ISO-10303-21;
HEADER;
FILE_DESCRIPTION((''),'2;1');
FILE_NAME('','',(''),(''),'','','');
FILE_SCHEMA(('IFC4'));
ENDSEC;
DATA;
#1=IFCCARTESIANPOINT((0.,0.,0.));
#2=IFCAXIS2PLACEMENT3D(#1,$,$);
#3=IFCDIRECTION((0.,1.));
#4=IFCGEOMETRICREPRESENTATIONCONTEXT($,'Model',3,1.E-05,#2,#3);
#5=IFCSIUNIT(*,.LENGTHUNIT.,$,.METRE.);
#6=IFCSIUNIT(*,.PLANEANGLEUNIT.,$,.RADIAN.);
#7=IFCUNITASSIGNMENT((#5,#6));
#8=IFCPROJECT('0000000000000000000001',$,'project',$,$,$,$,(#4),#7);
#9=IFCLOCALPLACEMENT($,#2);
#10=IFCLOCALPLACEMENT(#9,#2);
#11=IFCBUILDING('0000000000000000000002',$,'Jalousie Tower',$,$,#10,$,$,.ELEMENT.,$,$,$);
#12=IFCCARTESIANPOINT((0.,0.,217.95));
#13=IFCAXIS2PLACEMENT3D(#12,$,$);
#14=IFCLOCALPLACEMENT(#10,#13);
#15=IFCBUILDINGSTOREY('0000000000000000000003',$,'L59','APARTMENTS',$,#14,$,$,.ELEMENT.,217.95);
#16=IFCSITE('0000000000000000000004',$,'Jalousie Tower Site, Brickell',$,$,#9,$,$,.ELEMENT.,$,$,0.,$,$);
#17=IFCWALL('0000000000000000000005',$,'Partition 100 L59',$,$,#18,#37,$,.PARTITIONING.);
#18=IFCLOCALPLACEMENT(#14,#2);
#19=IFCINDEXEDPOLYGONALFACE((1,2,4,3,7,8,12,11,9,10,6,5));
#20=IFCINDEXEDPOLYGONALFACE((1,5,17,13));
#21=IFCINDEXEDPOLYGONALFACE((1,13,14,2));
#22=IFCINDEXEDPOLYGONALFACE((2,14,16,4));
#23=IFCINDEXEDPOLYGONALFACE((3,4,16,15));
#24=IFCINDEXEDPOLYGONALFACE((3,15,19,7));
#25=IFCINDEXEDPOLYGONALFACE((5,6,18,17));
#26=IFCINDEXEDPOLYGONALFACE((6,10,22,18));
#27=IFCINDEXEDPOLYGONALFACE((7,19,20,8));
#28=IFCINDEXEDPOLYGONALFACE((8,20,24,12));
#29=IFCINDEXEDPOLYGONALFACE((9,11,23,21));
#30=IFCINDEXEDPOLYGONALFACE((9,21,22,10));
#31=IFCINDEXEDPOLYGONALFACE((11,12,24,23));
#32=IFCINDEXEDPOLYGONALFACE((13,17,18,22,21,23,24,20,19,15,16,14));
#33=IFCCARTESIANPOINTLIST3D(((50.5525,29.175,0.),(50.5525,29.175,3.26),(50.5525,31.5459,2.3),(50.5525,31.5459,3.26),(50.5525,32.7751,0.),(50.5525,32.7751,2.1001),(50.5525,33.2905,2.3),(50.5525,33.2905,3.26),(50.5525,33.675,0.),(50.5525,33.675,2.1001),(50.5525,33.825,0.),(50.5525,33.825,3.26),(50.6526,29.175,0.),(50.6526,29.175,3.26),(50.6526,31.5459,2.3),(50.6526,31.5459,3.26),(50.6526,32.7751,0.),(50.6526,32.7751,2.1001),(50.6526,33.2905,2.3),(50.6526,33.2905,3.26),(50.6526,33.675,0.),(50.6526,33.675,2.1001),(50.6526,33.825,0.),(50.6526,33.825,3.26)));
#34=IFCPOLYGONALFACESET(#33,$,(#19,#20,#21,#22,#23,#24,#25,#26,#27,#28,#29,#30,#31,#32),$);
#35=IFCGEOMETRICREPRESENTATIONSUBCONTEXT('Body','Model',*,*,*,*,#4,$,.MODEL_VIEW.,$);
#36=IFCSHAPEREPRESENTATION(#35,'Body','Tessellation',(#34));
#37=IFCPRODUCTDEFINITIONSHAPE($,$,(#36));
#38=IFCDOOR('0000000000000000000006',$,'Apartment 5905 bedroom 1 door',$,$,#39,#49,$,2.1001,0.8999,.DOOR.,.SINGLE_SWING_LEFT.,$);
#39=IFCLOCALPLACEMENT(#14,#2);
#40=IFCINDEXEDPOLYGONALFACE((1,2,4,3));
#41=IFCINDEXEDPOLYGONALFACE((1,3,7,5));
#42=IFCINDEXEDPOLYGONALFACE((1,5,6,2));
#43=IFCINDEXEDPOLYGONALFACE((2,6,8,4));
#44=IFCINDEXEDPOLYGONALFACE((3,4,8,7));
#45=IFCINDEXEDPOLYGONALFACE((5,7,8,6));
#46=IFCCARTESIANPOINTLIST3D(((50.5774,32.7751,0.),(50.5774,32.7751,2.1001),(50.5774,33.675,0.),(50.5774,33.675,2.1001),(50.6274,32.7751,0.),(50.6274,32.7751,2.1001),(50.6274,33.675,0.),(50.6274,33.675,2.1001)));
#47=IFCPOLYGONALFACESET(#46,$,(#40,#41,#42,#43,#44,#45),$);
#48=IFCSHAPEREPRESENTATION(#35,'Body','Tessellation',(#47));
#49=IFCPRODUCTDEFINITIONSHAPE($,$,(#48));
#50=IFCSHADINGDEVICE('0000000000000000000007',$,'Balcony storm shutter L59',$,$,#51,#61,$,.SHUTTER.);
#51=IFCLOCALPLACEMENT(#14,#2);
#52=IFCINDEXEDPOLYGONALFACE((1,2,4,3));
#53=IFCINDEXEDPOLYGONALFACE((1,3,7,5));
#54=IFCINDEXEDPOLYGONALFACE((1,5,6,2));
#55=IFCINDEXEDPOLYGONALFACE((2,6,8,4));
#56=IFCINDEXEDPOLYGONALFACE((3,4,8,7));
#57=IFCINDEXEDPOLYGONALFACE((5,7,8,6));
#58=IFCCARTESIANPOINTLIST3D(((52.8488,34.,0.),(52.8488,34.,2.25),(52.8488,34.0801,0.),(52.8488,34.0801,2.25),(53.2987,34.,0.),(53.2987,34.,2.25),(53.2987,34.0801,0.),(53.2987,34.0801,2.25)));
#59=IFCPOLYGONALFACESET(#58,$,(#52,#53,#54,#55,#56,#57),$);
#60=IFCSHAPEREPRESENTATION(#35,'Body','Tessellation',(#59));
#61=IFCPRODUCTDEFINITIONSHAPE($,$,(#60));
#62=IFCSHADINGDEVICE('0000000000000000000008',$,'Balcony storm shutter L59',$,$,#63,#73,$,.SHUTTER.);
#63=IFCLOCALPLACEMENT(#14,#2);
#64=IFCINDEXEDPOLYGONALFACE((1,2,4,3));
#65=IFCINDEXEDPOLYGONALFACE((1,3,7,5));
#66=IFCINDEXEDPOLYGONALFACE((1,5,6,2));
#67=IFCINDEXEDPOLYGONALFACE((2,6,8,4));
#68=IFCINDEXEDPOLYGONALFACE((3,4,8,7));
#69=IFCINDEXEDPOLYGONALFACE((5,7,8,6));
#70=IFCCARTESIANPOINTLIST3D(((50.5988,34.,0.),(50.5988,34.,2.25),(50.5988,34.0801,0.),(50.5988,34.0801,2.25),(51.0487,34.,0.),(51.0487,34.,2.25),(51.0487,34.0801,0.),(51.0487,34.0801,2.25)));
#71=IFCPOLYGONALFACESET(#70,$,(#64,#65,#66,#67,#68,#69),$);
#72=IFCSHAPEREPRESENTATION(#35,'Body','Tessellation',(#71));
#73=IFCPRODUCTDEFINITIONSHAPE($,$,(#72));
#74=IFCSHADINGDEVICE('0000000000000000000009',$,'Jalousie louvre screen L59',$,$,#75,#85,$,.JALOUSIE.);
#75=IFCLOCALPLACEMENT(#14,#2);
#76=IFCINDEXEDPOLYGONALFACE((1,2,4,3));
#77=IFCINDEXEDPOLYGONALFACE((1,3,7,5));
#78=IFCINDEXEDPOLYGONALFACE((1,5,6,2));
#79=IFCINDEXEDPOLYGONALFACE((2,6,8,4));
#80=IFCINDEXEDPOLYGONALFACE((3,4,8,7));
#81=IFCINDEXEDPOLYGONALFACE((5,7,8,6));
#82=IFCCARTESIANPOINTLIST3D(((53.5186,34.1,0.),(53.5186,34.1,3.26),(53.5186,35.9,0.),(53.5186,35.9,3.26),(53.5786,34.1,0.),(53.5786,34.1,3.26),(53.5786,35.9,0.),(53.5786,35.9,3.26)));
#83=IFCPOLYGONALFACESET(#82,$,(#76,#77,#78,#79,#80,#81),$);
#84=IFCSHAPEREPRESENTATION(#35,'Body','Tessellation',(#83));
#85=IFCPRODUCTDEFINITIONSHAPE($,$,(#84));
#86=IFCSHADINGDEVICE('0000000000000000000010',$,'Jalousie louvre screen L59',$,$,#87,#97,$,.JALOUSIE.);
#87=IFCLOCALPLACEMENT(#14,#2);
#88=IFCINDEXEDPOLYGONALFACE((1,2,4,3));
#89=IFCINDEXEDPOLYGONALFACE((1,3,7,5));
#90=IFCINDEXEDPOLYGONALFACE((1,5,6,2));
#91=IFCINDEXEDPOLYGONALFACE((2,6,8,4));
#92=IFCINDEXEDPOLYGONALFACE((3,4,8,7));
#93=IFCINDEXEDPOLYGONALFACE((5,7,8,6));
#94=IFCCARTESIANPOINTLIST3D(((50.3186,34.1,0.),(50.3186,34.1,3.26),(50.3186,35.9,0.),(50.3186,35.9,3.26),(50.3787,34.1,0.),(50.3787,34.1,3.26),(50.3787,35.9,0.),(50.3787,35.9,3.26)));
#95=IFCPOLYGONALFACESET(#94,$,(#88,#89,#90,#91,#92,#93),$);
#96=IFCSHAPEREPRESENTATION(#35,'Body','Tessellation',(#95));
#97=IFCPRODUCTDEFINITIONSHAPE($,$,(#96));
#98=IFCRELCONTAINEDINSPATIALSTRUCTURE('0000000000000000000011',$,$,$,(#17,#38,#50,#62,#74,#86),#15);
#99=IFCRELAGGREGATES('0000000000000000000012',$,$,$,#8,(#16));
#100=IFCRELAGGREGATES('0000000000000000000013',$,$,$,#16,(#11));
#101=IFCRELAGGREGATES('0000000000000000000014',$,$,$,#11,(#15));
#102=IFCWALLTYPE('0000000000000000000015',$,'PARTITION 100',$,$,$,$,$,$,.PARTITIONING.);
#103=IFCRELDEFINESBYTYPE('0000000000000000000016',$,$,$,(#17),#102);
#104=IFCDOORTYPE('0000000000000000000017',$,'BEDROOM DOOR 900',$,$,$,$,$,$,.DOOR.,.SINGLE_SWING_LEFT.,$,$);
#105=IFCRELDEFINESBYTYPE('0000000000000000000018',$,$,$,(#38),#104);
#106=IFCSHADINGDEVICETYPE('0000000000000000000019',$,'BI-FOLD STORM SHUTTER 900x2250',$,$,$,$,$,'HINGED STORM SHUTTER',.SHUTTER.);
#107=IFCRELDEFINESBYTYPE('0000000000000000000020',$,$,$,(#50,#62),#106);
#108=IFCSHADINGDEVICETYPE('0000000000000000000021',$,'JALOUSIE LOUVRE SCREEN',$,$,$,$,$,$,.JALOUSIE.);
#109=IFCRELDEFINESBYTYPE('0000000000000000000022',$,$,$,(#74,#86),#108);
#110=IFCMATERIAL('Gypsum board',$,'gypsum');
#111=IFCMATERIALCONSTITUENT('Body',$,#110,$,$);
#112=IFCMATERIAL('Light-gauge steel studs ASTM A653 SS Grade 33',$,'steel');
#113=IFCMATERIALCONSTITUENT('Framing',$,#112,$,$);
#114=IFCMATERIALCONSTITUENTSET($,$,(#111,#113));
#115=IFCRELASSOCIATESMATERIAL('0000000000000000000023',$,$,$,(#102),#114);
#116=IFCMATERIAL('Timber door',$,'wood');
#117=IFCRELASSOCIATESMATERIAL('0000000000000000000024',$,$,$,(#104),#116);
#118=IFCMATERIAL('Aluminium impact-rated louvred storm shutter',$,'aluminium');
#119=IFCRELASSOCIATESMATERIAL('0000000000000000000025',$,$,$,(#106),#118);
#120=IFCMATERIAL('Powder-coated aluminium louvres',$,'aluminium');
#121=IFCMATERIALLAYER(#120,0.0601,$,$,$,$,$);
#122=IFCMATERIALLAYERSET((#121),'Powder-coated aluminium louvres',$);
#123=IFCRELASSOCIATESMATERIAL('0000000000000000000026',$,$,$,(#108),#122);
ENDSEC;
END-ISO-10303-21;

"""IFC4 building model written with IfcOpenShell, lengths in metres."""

from ifc_helpers import new_model, si_unit, direction, frame, frame_2d, origin, origin_2d, place, context, subcontext, project, spatial, polyline, rectangle, outline, extrude, material, layer, layer_set, constituent, constituent_set, type_object, element, fill, save


model = new_model("IFC4")

# Units and contexts
model_context = context("Model", 3, precision=1e-05, world=origin(), true_north=direction((0.0, 1.0)))
body_context = subcontext(model_context, "Body", "Model", "MODEL_VIEW")
ifc_project = project(units=[si_unit("LENGTHUNIT", "METRE"), si_unit("PLANEANGLEUNIT", "RADIAN")], contexts=[model_context])

# Site, building, storey
site_placement = place(None, origin())
site = spatial("IfcSite", under=ifc_project, at=site_placement, Name="Jalousie Tower Site, Brickell", CompositionType="ELEMENT", RefElevation=0.0)
building_placement = place(site_placement, origin())
building = spatial("IfcBuilding", under=site, at=building_placement, Name="Jalousie Tower", CompositionType="ELEMENT")
storey_placement = place(building_placement, frame((0.0, 0.0, 217.95)))
storey = spatial("IfcBuildingStorey", under=building, at=storey_placement, Name="L59", Description="APARTMENTS", CompositionType="ELEMENT", Elevation=217.95)

# Wall, opening, door
ifc_material_1 = material(Name="Gypsum board", Category="gypsum")
ifc_constituent_1 = constituent(ifc_material_1, Name="Body")
ifc_material_2 = material(Name="Light-gauge steel studs ASTM A653 SS Grade 33", Category="steel")
ifc_constituent_2 = constituent(ifc_material_2, Name="Framing")
ifc_constituent_set_1 = constituent_set(constituents=[ifc_constituent_1, ifc_constituent_2])
wall_type_1 = type_object("IfcWallType", Name="PARTITION 100", PredefinedType="PARTITIONING", material=ifc_constituent_set_1)
wall_1_placement = place(storey_placement, frame((50.6025, 33.825, 0.0), z_axis=(0.0, 0.0, 1.0), x_axis=(0.0, -1.0, 0.0)))
wall_1 = element("IfcWall", 1, at=wall_1_placement, inside=storey, type_object=wall_type_1, Name="Partition 100 L59", PredefinedType="PARTITIONING", context=body_context, shape_type="SweptSolid", body=[
    extrude(outline(polyline([(0.0, 0.0), (4.6499, 0.0), (4.6499, 3.26), (2.2791, 3.26), (2.2791, 2.3), (0.5344, 2.3), (0.5344, 3.26), (0.0, 3.26), (0.0, 0.0)])), frame((0.0, 0.05, 0.0), z_axis=(0.0, -1.0, 0.0), x_axis=(1.0, 0.0, 0.0)), (0.0, 0.0, 1.0), 0.1001),
])
opening_1_placement = place(wall_1_placement, frame((0.1499, 0.0, 0.0)))
opening_1 = element("IfcOpeningElement", 2, at=opening_1_placement, cuts=wall_1, PredefinedType="OPENING", context=body_context, shape_type="SweptSolid", body=[
    extrude(rectangle(XDim=0.8999, YDim=2.1001, at=frame_2d((0.45, 1.05))), frame((0.0, 0.0601, 0.0), z_axis=(0.0, -1.0, 0.0), x_axis=(1.0, 0.0, 0.0)), (0.0, 0.0, 1.0), 0.1201),
])
ifc_material_3 = material(Name="Timber door", Category="wood")
door_type_1 = type_object("IfcDoorType", Name="BEDROOM DOOR 900", OperationType="SINGLE_SWING_LEFT", PredefinedType="DOOR", material=ifc_material_3)
door_1_placement = place(opening_1_placement, origin())
door_1 = element("IfcDoor", 3, at=door_1_placement, inside=storey, type_object=door_type_1, Name="Apartment 5905 bedroom 1 door", OperationType="SINGLE_SWING_LEFT", OverallHeight=2.1001, OverallWidth=0.8999, PredefinedType="DOOR", context=body_context, shape_type="SweptSolid", body=[
    extrude(rectangle(XDim=0.8999, YDim=2.1001, at=frame_2d((0.45, 1.05))), frame((0.0, 0.0249, 0.0), z_axis=(0.0, -1.0, 0.0), x_axis=(1.0, 0.0, 0.0)), (0.0, 0.0, 1.0), 0.05),
])
fill(opening_1, door_1)

# Shading devices
ifc_material_4 = material(Name="Aluminium impact-rated louvred storm shutter", Category="aluminium")
shading_device_type_1 = type_object("IfcShadingDeviceType", Name="BI-FOLD STORM SHUTTER 900x2250", ElementType="HINGED STORM SHUTTER", PredefinedType="SHUTTER", material=ifc_material_4)
for number, where, z_axis, x_axis, name in (
    (4, (53.0737, 34.04, 0.0), (0.0, 0.0, 1.0), (-1.0, 0.0, 0.0), "Balcony storm shutter L59"),
    (5, (50.8237, 34.04, 0.0), (0.0, 0.0, 1.0), (-1.0, 0.0, 0.0), "Balcony storm shutter L59"),
):
    element("IfcShadingDevice", number, at=place(storey_placement, frame(where, z_axis=z_axis, x_axis=x_axis)), inside=storey, type_object=shading_device_type_1, Name=name, PredefinedType="SHUTTER", context=body_context, shape_type="SweptSolid", body=[
        extrude(rectangle(XDim=0.45, YDim=0.0801, at=origin_2d()), origin(), (0.0, 0.0, 1.0), 2.25),
    ])

# Shading devices
ifc_material_5 = material(Name="Powder-coated aluminium louvres", Category="aluminium")
ifc_layer = layer(ifc_material_5, 0.0601)
ifc_layer_set = layer_set([ifc_layer], Name="Powder-coated aluminium louvres")
shading_device_type_2 = type_object("IfcShadingDeviceType", Name="JALOUSIE LOUVRE SCREEN", PredefinedType="JALOUSIE", material=ifc_layer_set)
for number, where, z_axis, x_axis, name in (
    (6, (53.5486, 35.0, 0.0), (0.0, 0.0, 1.0), (-1.0, 0.0, 0.0), "Jalousie louvre screen L59"),
    (7, (50.3486, 35.0, 0.0), (0.0, 0.0, 1.0), (-1.0, 0.0, 0.0), "Jalousie louvre screen L59"),
):
    element("IfcShadingDevice", number, at=place(storey_placement, frame(where, z_axis=z_axis, x_axis=x_axis)), inside=storey, type_object=shading_device_type_2, Name=name, PredefinedType="JALOUSIE", context=body_context, shape_type="SweptSolid", body=[
        extrude(rectangle(XDim=0.0601, YDim=1.8, at=origin_2d()), origin(), (0.0, 0.0, 1.0), 3.26),
    ])

save(model, "model.ifc")
